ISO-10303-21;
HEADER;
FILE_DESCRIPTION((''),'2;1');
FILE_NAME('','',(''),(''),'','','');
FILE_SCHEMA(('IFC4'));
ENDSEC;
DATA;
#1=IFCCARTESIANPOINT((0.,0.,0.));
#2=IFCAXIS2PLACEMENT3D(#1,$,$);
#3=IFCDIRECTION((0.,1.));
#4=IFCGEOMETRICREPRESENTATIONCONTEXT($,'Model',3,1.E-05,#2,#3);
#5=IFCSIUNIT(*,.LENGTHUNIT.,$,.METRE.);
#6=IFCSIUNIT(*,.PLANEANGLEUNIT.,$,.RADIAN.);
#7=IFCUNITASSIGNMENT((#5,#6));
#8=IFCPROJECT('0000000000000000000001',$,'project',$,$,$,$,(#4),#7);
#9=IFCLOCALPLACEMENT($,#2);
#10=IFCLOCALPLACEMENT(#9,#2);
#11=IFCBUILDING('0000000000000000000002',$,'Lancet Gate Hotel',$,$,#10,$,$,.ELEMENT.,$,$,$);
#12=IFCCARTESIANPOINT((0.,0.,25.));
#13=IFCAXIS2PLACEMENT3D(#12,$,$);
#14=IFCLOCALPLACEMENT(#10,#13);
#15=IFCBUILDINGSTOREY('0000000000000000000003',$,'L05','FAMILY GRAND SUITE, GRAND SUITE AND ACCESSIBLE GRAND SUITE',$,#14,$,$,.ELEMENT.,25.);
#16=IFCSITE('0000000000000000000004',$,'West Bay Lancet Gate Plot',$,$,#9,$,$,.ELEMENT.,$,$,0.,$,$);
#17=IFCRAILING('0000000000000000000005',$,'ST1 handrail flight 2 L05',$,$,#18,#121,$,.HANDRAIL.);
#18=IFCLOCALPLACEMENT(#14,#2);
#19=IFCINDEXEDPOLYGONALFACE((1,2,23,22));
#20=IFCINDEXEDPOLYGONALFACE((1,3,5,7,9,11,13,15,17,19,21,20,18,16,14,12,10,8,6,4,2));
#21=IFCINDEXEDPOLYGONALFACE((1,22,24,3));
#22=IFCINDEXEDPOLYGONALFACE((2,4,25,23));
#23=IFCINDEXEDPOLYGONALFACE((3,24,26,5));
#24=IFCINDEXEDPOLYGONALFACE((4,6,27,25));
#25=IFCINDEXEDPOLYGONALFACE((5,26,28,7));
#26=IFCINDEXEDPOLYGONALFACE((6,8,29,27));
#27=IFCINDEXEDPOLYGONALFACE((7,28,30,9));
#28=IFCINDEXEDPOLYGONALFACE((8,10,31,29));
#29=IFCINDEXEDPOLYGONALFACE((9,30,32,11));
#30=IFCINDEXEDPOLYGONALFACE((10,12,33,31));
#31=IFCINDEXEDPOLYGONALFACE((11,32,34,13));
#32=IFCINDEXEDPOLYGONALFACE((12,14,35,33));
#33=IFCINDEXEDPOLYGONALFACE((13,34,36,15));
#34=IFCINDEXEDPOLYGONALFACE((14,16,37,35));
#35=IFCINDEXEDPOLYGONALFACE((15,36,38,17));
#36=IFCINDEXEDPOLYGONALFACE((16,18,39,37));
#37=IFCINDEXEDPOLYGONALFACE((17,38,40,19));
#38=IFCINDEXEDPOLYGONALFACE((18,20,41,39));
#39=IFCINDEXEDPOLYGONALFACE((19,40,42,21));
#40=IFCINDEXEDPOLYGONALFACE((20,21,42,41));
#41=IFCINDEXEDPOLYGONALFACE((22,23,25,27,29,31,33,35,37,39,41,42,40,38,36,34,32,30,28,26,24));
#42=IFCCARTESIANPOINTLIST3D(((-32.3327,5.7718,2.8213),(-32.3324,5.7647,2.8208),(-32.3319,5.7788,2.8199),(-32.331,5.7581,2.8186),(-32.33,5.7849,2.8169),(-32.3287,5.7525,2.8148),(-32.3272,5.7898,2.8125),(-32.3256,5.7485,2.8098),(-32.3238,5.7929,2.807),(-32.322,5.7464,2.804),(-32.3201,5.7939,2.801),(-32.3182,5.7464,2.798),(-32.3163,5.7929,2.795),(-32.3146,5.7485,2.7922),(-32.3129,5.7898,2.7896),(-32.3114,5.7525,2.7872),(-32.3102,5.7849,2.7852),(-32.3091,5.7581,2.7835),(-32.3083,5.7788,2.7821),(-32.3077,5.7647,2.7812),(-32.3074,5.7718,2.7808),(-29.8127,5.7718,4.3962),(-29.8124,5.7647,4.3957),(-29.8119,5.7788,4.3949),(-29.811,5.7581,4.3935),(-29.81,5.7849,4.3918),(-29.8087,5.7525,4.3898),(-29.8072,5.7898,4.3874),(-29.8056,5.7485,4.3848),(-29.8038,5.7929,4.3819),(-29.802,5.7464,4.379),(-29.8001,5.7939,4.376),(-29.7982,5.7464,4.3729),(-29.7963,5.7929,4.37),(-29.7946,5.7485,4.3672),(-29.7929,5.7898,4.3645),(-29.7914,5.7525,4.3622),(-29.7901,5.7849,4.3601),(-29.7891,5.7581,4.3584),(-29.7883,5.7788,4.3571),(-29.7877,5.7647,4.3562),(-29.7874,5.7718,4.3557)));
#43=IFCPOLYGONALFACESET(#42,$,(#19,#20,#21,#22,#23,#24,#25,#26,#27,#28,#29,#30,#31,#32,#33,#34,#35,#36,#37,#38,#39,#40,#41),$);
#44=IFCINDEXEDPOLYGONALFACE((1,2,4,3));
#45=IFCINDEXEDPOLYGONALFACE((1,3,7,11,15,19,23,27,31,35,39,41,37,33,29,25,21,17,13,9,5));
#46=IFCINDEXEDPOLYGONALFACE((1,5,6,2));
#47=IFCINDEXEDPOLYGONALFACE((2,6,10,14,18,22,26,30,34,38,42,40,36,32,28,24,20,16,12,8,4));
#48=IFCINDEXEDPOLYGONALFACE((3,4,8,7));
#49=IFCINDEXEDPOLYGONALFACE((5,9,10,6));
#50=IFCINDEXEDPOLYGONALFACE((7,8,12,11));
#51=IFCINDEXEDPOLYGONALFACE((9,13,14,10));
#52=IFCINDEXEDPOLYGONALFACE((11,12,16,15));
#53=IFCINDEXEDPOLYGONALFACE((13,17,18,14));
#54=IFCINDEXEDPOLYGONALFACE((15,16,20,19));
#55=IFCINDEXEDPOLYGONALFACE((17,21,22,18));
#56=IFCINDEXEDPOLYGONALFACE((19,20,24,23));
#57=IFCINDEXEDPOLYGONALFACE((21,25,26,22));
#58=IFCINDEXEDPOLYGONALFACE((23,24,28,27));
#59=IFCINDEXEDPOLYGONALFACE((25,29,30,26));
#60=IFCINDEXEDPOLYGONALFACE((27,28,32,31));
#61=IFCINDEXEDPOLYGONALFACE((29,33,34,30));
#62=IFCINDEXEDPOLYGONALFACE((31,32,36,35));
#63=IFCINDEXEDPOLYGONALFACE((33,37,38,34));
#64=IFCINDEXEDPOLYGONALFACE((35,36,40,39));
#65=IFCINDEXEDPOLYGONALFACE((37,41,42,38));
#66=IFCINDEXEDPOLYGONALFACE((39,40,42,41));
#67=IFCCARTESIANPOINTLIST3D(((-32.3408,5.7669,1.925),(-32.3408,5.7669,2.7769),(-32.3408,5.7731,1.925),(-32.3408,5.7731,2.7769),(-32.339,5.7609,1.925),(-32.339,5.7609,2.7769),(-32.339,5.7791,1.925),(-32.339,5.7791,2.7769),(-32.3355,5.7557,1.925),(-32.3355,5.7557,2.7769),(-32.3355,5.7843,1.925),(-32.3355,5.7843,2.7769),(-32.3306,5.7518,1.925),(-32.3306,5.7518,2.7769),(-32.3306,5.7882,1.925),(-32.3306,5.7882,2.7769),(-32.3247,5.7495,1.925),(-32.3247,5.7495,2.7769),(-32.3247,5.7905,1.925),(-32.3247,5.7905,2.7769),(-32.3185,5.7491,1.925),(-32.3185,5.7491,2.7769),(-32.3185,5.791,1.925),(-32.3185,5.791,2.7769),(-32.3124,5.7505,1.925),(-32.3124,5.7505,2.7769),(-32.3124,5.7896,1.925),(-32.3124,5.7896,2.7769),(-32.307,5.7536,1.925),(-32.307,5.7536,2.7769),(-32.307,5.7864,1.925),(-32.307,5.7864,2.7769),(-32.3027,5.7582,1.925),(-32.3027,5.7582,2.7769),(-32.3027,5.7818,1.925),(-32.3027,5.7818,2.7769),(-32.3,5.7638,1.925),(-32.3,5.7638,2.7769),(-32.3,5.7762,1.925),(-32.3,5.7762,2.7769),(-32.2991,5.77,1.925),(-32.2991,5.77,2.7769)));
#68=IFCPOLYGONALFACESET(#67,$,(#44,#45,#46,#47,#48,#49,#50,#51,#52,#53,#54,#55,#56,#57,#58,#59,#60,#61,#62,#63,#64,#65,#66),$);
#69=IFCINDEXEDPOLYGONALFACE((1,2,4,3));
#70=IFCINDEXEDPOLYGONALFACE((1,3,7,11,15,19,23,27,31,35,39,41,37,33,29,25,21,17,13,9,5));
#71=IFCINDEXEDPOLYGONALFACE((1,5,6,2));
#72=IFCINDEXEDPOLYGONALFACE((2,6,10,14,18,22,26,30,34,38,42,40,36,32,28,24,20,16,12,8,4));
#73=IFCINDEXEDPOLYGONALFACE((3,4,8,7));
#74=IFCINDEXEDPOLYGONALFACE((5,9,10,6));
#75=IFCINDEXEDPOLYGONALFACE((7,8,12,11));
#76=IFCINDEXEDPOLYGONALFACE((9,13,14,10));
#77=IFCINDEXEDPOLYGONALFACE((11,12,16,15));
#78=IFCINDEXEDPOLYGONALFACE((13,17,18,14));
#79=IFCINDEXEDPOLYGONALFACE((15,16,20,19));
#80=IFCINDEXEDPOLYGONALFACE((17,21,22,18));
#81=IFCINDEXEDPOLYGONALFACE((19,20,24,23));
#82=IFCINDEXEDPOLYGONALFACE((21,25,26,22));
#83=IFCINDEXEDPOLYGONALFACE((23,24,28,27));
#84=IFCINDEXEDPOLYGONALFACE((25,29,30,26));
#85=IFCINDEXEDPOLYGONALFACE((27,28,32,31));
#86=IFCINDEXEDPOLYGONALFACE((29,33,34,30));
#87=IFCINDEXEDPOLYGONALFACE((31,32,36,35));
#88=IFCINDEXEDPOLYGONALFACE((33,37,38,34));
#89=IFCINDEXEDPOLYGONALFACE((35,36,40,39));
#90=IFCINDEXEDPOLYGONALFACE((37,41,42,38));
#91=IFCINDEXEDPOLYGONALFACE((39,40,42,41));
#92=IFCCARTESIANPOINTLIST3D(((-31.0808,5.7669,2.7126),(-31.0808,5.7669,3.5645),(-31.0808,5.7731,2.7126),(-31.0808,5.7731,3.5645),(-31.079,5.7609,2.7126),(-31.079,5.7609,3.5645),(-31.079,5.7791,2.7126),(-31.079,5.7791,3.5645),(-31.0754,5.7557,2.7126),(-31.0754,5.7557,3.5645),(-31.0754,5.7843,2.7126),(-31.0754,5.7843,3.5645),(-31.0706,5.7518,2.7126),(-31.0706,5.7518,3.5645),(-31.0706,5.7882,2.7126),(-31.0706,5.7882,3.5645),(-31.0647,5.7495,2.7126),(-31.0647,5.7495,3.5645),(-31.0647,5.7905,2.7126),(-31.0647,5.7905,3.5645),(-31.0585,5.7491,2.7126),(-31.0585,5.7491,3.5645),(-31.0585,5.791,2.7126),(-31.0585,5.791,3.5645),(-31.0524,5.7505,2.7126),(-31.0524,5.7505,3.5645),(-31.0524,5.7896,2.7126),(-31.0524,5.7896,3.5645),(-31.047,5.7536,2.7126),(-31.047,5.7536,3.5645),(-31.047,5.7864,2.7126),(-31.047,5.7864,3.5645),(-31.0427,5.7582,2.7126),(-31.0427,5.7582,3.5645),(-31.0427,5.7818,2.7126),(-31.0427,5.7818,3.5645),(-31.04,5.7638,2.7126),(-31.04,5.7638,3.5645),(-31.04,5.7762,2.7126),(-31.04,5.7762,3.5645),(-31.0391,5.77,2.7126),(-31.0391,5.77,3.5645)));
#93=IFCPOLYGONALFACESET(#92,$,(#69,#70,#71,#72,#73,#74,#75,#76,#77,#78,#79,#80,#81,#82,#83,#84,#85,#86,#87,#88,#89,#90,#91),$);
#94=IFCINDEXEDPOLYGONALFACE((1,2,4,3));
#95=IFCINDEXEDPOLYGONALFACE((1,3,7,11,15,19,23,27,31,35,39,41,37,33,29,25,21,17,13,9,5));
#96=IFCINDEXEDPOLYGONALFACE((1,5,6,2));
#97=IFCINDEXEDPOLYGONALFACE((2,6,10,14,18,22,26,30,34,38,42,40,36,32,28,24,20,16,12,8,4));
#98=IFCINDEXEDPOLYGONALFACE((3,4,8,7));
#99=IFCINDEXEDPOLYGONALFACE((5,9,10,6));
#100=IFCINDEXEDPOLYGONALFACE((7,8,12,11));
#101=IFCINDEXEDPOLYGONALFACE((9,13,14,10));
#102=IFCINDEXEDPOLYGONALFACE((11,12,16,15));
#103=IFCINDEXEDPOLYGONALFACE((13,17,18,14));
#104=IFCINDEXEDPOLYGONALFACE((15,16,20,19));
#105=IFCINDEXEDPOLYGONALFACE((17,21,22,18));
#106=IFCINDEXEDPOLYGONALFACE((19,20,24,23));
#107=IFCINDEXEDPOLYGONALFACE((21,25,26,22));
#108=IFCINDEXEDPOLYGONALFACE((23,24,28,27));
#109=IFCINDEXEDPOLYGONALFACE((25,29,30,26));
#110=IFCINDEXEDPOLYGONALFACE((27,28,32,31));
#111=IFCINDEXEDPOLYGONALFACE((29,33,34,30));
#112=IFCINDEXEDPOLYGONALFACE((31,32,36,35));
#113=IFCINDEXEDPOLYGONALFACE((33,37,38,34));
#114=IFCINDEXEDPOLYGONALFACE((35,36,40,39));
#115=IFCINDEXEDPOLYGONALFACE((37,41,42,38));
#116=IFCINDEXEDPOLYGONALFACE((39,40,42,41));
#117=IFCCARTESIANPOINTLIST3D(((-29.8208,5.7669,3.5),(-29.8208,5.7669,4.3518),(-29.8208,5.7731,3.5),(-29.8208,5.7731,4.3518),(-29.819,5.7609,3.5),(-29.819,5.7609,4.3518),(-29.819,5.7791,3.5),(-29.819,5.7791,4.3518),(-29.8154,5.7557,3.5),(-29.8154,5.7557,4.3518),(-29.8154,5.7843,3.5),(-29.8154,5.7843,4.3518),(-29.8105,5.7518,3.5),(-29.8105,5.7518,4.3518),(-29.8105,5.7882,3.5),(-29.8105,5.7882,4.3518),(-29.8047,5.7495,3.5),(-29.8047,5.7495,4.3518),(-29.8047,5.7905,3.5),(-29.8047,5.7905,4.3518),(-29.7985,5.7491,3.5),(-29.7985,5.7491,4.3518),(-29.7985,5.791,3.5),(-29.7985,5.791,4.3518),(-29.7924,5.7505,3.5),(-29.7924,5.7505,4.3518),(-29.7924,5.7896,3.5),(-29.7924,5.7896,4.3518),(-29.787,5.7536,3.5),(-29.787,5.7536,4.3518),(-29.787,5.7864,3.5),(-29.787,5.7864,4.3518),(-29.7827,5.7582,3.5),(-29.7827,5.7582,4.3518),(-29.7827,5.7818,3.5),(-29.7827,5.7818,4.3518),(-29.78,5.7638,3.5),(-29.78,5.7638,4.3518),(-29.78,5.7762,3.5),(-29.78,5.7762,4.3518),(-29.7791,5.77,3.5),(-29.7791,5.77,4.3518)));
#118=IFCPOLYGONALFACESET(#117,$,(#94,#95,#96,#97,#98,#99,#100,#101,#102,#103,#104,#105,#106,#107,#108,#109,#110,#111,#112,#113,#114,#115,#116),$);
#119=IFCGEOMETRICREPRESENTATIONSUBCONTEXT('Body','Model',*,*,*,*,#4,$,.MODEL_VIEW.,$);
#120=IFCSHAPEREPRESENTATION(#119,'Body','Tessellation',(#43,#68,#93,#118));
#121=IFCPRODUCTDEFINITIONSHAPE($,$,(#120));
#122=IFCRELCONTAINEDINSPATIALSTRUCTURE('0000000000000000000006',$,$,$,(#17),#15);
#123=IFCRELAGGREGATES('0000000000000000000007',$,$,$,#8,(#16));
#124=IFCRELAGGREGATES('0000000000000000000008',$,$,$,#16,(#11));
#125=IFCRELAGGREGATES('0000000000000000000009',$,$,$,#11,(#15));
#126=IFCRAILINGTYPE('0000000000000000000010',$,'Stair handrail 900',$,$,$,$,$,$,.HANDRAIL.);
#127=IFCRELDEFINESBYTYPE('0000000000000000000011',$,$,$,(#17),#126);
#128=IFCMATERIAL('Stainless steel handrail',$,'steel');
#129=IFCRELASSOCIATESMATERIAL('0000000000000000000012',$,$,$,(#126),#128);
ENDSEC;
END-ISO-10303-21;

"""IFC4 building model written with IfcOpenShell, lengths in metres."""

from ifc_helpers import new_model, si_unit, direction, frame, origin, origin_2d, place, context, subcontext, project, spatial, circle, extrude, material, type_object, element, save


model = new_model("IFC4")

# Units and contexts
model_context = context("Model", 3, precision=1e-05, world=origin(), true_north=direction((0.0, 1.0)))
body_context = subcontext(model_context, "Body", "Model", "MODEL_VIEW")
ifc_project = project(units=[si_unit("LENGTHUNIT", "METRE"), si_unit("PLANEANGLEUNIT", "RADIAN")], contexts=[model_context])

# Site, building, storey
site_placement = place(None, origin())
site = spatial("IfcSite", under=ifc_project, at=site_placement, Name="West Bay Lancet Gate Plot", CompositionType="ELEMENT", RefElevation=0.0)
building_placement = place(site_placement, origin())
building = spatial("IfcBuilding", under=site, at=building_placement, Name="Lancet Gate Hotel", CompositionType="ELEMENT")
storey_placement = place(building_placement, frame((0.0, 0.0, 25.0)))
storey = spatial("IfcBuildingStorey", under=building, at=storey_placement, Name="L05", Description="FAMILY GRAND SUITE, GRAND SUITE AND ACCESSIBLE GRAND SUITE", CompositionType="ELEMENT", Elevation=25.0)

# Railing
ifc_material_1 = material(Name="Stainless steel handrail", Category="steel")
railing_type = type_object("IfcRailingType", Name="Stair handrail 900", PredefinedType="HANDRAIL", material=ifc_material_1)
railing_1_placement = place(storey_placement, frame((-32.3201, 5.77, 1.925)))
element("IfcRailing", 1, at=railing_1_placement, inside=storey, type_object=railing_type, Name="ST1 handrail flight 2 L05", PredefinedType="HANDRAIL", context=body_context, shape_type="SweptSolid", body=[
    extrude(circle(Radius=0.0239, at=origin_2d()), frame((0.0, 0.0, 0.876), z_axis=(0.848008, 0.0, 0.529984), x_axis=(0.0, 1.0, 0.0)), (0.0, 0.0, 1.0), 2.9717),
    extrude(circle(Radius=0.021, at=origin_2d()), origin(), (0.0, 0.0, 1.0), 0.8518),
    extrude(circle(Radius=0.021, at=origin_2d()), frame((1.26, 0.0, 0.7876)), (0.0, 0.0, 1.0), 0.8518),
    extrude(circle(Radius=0.021, at=origin_2d()), frame((2.52, 0.0, 1.575)), (0.0, 0.0, 1.0), 0.8518),
])

save(model, "model.ifc")
